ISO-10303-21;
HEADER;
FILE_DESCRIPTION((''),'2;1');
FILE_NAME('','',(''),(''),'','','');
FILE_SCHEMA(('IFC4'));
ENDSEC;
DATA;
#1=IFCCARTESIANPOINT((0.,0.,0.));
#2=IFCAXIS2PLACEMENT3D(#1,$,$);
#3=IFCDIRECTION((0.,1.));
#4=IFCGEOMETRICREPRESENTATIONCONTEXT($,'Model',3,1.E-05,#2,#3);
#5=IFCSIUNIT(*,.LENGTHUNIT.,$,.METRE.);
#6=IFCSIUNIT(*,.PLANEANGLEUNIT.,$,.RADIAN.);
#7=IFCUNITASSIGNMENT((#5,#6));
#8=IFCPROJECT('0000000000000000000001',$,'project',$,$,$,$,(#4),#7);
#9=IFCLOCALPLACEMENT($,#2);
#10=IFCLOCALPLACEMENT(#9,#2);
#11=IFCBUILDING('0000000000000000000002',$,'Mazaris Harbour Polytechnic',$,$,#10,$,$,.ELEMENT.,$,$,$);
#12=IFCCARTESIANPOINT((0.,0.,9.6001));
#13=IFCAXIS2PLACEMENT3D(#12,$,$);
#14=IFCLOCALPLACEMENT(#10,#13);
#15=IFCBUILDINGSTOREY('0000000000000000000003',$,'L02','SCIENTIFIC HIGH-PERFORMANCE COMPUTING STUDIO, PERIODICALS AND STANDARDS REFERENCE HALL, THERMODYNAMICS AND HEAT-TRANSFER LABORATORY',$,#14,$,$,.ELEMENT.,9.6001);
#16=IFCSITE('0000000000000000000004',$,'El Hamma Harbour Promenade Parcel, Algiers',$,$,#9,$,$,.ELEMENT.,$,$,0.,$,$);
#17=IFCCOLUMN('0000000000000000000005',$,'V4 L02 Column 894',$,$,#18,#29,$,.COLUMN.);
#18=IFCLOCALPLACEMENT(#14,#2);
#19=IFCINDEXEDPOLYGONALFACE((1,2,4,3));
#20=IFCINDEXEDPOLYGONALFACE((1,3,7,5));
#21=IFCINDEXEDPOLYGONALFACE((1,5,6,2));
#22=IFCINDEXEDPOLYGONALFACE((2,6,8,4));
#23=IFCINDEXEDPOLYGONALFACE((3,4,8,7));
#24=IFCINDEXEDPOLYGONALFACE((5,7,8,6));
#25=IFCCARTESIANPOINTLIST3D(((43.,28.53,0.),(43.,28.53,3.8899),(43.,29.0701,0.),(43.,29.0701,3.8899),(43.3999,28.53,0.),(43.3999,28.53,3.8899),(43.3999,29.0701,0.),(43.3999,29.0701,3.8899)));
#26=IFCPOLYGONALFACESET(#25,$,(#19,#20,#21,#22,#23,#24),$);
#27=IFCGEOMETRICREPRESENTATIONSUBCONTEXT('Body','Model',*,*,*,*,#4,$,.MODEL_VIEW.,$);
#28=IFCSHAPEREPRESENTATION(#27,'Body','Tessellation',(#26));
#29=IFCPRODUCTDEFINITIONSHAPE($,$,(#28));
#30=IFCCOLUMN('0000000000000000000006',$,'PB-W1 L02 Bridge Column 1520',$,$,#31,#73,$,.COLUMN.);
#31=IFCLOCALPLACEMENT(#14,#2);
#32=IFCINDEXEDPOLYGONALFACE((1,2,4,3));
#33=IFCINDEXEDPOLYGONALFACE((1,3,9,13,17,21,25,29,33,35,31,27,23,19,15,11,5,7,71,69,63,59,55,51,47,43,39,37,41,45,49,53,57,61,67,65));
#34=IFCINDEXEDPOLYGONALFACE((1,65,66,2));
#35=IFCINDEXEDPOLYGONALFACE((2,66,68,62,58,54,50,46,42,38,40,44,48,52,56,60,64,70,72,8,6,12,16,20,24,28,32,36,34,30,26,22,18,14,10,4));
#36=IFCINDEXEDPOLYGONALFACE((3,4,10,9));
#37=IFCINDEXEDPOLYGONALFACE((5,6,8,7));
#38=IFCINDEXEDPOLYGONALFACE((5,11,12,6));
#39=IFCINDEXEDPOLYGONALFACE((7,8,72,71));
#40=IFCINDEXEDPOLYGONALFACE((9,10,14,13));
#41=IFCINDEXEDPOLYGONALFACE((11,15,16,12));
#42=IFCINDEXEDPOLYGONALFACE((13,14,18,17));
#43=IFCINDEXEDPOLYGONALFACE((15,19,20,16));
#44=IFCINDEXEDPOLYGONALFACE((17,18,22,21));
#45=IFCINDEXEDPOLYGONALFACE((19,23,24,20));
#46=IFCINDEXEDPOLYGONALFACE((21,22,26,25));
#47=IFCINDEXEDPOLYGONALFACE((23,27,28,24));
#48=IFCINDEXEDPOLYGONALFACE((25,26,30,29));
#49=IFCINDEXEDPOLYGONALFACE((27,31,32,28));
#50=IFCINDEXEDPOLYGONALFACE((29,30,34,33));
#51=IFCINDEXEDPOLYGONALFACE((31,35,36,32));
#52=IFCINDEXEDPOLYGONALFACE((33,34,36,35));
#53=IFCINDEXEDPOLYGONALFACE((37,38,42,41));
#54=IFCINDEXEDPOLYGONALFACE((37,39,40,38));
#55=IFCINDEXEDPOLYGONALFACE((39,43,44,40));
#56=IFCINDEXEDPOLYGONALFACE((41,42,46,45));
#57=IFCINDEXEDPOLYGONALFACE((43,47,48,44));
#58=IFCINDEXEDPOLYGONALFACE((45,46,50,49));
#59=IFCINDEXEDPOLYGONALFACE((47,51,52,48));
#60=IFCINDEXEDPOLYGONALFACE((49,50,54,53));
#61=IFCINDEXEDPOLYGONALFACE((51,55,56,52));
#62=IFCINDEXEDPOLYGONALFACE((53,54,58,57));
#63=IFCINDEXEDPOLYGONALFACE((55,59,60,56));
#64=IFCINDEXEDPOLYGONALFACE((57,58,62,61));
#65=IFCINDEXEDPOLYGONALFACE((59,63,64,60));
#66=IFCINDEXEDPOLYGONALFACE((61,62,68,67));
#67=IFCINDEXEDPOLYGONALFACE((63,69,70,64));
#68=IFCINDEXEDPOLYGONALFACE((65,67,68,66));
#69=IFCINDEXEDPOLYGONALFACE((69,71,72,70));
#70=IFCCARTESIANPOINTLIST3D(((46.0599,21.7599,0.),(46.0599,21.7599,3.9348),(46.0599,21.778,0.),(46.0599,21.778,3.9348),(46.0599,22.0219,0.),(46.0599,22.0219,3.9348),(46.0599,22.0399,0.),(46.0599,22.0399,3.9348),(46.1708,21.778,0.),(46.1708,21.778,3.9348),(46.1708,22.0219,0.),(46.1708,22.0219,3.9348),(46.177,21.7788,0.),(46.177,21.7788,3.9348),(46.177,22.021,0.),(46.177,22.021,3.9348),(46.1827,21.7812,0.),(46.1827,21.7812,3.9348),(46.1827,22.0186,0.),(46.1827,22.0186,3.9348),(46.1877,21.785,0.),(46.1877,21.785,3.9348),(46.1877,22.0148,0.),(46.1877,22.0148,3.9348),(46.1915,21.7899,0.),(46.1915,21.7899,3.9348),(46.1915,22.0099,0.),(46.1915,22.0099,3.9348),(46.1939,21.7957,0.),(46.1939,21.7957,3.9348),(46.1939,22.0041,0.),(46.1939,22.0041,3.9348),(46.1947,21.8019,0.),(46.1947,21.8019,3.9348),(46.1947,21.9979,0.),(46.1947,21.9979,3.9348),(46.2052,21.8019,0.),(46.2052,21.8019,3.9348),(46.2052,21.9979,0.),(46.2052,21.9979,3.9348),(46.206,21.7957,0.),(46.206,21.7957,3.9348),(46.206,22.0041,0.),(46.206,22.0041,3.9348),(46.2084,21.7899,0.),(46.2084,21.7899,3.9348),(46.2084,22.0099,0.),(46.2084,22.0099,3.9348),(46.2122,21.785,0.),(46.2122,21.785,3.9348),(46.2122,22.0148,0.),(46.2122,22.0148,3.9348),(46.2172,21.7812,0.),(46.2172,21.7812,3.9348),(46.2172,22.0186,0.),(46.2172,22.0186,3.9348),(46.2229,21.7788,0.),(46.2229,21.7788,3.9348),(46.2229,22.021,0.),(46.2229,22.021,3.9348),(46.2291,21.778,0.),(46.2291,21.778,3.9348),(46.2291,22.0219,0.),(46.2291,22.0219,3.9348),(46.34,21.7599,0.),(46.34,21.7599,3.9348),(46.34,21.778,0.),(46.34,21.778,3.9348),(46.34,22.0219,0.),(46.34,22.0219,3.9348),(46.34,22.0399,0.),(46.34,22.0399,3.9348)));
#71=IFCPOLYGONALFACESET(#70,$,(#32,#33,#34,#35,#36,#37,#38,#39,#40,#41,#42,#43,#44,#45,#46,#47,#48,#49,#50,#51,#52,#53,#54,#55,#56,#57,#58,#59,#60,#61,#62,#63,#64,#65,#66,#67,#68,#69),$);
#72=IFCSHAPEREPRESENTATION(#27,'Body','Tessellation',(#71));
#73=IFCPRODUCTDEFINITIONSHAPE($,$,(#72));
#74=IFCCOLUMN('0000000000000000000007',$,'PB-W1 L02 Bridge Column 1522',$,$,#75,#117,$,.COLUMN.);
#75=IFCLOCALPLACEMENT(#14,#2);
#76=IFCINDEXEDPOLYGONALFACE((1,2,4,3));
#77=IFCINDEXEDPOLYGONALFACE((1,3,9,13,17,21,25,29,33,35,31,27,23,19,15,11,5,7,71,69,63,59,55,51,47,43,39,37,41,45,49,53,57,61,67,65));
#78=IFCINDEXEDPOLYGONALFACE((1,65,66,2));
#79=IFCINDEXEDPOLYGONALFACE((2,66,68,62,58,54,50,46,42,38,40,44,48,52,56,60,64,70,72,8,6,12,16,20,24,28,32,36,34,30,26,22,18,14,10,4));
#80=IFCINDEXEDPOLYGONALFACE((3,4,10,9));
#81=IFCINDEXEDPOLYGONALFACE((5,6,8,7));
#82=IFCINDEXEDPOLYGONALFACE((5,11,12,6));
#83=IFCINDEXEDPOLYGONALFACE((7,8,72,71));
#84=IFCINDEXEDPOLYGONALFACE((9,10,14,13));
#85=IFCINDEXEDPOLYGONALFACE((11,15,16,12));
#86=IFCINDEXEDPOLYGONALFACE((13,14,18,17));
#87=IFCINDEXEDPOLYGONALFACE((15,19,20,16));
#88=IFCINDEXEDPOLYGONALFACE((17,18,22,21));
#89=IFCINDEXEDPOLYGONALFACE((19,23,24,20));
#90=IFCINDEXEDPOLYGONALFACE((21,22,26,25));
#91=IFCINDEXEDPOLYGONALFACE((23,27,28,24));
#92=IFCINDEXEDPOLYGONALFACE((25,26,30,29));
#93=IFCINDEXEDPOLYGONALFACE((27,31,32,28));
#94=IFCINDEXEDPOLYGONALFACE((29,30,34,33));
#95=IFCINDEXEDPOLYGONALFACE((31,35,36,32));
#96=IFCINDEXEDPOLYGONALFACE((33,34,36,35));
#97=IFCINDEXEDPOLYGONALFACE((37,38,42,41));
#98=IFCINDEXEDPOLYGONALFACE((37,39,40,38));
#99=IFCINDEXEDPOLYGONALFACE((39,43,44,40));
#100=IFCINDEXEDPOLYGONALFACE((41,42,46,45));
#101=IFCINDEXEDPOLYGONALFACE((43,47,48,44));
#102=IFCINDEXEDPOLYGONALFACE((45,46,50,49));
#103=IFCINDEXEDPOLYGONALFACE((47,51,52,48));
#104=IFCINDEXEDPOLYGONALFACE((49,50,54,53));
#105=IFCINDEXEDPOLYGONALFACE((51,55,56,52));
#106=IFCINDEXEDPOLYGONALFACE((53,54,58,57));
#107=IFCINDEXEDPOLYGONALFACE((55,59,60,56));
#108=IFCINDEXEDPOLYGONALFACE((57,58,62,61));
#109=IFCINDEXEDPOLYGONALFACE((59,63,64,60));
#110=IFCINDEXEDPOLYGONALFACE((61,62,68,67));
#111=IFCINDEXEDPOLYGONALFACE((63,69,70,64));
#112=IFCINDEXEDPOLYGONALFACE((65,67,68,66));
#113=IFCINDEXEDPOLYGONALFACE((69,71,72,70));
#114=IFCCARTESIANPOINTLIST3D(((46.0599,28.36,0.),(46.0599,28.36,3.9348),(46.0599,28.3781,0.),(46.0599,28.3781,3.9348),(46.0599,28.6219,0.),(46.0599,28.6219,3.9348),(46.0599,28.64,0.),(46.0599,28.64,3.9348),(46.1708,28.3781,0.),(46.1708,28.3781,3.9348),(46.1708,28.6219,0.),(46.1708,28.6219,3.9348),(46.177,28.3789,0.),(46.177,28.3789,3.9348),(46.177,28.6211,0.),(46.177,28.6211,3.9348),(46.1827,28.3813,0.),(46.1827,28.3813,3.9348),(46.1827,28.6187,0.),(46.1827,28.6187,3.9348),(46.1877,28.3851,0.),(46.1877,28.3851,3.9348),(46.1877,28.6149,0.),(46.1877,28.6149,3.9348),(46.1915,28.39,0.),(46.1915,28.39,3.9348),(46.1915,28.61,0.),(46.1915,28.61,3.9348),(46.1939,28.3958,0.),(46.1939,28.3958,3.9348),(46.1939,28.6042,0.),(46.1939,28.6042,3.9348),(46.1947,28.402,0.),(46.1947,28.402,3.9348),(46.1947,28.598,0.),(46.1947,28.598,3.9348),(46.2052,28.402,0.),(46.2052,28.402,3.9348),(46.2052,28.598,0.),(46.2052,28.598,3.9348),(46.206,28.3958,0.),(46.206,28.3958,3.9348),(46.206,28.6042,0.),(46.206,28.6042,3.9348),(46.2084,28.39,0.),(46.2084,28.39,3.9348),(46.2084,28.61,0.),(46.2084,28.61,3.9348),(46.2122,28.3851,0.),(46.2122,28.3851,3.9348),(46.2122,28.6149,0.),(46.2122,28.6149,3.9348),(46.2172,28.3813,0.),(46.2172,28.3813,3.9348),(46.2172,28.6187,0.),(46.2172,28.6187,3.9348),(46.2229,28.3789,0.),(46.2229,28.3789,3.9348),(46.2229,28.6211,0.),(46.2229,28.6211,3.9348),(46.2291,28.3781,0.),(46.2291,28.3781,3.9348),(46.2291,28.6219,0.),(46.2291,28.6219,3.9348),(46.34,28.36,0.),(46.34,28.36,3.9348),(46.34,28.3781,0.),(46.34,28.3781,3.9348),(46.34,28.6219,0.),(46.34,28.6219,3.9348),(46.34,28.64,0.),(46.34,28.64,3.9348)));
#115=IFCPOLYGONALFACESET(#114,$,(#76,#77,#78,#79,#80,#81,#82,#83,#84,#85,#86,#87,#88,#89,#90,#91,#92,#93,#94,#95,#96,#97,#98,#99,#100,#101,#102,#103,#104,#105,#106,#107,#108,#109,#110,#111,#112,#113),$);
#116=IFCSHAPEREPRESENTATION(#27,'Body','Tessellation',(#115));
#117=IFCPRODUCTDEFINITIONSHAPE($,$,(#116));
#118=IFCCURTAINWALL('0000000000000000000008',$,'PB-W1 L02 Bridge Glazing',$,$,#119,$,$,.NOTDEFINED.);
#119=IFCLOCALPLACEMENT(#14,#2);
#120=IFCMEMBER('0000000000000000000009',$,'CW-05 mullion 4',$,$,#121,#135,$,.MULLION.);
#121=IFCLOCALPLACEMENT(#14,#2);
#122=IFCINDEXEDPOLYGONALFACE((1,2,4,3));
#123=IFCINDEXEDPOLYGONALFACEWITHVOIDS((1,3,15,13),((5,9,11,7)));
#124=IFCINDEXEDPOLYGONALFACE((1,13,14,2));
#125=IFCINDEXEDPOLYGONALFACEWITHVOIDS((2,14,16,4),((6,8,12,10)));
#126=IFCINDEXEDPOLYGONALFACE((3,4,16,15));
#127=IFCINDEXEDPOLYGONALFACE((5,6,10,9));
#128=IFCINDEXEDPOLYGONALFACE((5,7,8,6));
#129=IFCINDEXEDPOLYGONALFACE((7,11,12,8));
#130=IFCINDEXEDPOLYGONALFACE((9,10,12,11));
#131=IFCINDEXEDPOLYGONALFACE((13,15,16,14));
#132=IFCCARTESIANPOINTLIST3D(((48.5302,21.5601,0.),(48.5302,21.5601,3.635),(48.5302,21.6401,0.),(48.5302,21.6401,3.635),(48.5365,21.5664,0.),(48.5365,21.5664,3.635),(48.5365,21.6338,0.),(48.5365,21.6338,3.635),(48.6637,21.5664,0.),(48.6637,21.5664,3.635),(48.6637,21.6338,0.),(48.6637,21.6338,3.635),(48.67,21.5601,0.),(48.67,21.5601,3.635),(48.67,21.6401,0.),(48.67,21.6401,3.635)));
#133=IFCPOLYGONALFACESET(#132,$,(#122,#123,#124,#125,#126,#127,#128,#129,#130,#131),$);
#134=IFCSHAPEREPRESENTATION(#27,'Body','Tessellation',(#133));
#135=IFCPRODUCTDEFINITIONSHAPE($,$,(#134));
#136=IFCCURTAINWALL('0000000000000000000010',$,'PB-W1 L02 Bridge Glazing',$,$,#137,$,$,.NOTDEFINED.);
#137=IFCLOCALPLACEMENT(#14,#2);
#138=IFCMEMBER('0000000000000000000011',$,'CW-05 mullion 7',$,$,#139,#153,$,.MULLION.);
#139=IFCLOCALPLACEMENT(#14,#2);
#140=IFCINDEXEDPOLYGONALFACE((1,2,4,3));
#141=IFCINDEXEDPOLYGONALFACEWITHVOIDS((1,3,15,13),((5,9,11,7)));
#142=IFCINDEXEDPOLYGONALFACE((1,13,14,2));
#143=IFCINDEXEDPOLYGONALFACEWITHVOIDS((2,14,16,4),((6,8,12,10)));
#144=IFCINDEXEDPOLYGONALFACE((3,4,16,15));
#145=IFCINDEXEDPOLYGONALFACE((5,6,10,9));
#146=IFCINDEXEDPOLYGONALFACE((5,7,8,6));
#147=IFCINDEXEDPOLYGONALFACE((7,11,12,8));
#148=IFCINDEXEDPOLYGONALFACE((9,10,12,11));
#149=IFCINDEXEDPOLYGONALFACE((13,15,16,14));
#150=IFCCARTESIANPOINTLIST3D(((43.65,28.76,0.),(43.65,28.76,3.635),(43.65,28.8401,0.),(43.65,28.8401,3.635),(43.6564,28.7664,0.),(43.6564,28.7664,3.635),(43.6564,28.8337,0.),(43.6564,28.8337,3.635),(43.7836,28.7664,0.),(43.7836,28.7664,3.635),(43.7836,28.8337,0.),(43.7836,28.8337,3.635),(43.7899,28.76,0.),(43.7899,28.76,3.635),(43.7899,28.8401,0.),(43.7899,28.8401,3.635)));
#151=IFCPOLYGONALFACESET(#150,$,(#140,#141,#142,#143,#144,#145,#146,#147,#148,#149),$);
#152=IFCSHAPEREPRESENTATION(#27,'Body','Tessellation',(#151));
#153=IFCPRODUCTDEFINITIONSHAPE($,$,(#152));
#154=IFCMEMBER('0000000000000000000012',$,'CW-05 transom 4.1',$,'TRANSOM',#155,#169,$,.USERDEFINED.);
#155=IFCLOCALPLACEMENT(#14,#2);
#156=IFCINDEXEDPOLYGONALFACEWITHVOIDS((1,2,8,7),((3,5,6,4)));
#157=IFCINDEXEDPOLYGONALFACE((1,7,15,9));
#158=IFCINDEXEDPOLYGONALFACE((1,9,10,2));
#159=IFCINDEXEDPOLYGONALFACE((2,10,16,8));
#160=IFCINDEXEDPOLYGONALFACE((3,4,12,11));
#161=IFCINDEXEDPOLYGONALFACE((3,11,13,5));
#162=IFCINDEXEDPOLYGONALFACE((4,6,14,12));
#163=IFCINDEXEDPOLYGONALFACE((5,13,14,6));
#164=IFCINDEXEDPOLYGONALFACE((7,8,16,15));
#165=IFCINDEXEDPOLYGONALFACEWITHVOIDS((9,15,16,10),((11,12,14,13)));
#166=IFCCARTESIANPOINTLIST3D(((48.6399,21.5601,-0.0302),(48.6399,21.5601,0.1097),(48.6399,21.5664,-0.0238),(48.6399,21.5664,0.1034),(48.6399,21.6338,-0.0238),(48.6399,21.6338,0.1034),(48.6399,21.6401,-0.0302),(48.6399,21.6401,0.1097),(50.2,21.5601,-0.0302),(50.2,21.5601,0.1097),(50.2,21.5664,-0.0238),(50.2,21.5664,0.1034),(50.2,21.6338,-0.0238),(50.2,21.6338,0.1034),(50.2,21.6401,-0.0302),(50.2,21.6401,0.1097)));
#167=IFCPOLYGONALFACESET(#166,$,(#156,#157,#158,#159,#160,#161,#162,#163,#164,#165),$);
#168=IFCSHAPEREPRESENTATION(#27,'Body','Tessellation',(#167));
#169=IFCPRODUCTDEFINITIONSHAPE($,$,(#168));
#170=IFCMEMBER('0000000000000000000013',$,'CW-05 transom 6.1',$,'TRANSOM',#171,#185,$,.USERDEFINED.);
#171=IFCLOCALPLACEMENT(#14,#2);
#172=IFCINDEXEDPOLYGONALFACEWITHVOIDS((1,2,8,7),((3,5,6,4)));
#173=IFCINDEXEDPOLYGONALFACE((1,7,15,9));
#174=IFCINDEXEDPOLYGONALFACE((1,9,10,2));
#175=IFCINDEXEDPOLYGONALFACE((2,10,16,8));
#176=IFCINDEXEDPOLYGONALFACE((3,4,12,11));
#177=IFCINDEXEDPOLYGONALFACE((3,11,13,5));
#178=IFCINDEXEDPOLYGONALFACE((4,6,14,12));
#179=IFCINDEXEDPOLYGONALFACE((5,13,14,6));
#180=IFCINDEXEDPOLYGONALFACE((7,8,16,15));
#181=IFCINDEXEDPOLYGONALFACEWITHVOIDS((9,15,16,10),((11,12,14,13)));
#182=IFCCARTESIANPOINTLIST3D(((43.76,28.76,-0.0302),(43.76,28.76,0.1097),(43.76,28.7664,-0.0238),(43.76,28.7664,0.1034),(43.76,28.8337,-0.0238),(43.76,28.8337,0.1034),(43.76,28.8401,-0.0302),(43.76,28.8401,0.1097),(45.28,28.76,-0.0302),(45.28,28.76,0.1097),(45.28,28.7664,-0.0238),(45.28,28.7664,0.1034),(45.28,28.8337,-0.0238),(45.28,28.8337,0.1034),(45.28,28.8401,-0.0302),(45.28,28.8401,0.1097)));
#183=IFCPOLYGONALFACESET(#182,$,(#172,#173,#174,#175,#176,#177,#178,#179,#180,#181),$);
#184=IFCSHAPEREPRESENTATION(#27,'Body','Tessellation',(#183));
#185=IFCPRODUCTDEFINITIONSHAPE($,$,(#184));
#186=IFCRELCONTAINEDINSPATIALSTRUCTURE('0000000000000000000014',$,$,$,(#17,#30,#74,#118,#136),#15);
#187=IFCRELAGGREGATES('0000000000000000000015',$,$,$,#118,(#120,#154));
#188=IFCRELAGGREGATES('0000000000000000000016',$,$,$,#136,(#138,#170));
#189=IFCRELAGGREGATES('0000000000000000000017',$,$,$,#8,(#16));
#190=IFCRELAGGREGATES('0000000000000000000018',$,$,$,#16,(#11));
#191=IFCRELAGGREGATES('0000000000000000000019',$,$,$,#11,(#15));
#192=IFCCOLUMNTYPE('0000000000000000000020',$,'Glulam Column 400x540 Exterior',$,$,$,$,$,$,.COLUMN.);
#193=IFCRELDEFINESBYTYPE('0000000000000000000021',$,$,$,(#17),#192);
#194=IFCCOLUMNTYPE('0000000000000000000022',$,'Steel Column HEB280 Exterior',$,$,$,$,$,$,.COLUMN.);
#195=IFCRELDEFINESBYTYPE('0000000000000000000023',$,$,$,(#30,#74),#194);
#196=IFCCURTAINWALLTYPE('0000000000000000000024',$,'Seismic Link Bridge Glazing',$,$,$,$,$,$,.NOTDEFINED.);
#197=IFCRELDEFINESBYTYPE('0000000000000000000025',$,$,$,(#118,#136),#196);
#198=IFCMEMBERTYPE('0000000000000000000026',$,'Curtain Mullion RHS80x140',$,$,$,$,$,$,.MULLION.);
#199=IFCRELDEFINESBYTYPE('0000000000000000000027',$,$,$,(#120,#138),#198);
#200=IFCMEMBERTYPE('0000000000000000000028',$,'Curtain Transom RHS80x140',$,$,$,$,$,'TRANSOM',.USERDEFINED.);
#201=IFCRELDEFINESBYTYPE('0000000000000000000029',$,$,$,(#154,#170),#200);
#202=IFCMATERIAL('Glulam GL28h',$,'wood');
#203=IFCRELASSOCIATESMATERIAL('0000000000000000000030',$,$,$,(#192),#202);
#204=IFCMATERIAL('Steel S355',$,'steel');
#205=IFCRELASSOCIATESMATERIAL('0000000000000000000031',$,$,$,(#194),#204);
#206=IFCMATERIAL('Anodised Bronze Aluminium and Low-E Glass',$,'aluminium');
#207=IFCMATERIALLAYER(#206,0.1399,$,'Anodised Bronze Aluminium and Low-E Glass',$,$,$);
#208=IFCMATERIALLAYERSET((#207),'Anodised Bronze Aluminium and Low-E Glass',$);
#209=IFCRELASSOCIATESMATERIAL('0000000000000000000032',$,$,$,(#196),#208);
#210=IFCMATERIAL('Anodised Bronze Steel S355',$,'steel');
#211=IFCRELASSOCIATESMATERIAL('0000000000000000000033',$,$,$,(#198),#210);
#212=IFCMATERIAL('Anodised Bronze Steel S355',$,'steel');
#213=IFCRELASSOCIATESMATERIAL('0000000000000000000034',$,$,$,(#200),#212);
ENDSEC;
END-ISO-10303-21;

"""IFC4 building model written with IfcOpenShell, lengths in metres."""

from ifc_helpers import new_model, si_unit, direction, frame, origin, origin_2d, place, context, subcontext, project, spatial, rectangle, hollow_rectangle, i_section, extrude, material, layer, layer_set, material_profile, profile_set, type_object, element, aggregate, save


model = new_model("IFC4")

# Units and contexts
model_context = context("Model", 3, precision=1e-05, world=origin(), true_north=direction((0.0, 1.0)))
body_context = subcontext(model_context, "Body", "Model", "MODEL_VIEW")
ifc_project = project(units=[si_unit("LENGTHUNIT", "METRE"), si_unit("PLANEANGLEUNIT", "RADIAN")], contexts=[model_context])

# Site, building, storey
site_placement = place(None, origin())
site = spatial("IfcSite", under=ifc_project, at=site_placement, Name="El Hamma Harbour Promenade Parcel, Algiers", CompositionType="ELEMENT", RefElevation=0.0)
building_placement = place(site_placement, origin())
building = spatial("IfcBuilding", under=site, at=building_placement, Name="Mazaris Harbour Polytechnic", CompositionType="ELEMENT")
storey_placement = place(building_placement, frame((0.0, 0.0, 9.6001)))
storey = spatial("IfcBuildingStorey", under=building, at=storey_placement, Name="L02", Description="SCIENTIFIC HIGH-PERFORMANCE COMPUTING STUDIO, PERIODICALS AND STANDARDS REFERENCE HALL, THERMODYNAMICS AND HEAT-TRANSFER LABORATORY", CompositionType="ELEMENT", Elevation=9.6001)

# Columns
ifc_material_1 = material(Name="Glulam GL28h", Category="wood")
ifc_material_profile_1 = material_profile(ifc_material_1, rectangle(XDim=0.3999, YDim=0.54, at=origin_2d()), Name="RECT400x540")
ifc_profile_set_1 = profile_set([ifc_material_profile_1], Name="Glulam GL28h")
column_type_1 = type_object("IfcColumnType", Name="Glulam Column 400x540 Exterior", PredefinedType="COLUMN", material=ifc_profile_set_1)
column_placement = place(storey_placement, frame((43.2, 28.8, 0.0), z_axis=(0.0, 0.0, 1.0), x_axis=(1.0, 0.0, 0.0)))
element("IfcColumn", 1, at=column_placement, inside=storey, type_object=column_type_1, Name="V4 L02 Column 894", PredefinedType="COLUMN", context=body_context, shape_type="SweptSolid", body=[
    extrude(rectangle(XDim=0.3999, YDim=0.54, at=origin_2d()), origin(), (0.0, 0.0, 1.0), 3.8899),
])
ifc_material_2 = material(Name="Steel S355", Category="steel")
ifc_material_profile_2 = material_profile(ifc_material_2, i_section(OverallWidth=0.28, OverallDepth=0.28, WebThickness=0.0105, FlangeThickness=0.0181, FilletRadius=0.0239, at=origin_2d()), Name="HEB 280")
ifc_profile_set_2 = profile_set([ifc_material_profile_2], Name="Steel S355")
column_type_2 = type_object("IfcColumnType", Name="Steel Column HEB280 Exterior", PredefinedType="COLUMN", material=ifc_profile_set_2)
for number, where, z_axis, x_axis, name in (
    (2, (46.2, 21.8999, 0.0), (0.0, 0.0, 1.0), (1.0, 0.0, 0.0), "PB-W1 L02 Bridge Column 1520"),
    (3, (46.2, 28.5, 0.0), (0.0, 0.0, 1.0), (1.0, 0.0, 0.0), "PB-W1 L02 Bridge Column 1522"),
):
    element("IfcColumn", number, at=place(storey_placement, frame(where, z_axis=z_axis, x_axis=x_axis)), inside=storey, type_object=column_type_2, Name=name, PredefinedType="COLUMN", context=body_context, shape_type="SweptSolid", body=[
        extrude(i_section(OverallWidth=0.28, OverallDepth=0.28, WebThickness=0.0105, FlangeThickness=0.0181, FilletRadius=0.0239, at=origin_2d()), origin(), (0.0, 0.0, 1.0), 3.9348),
    ])

# Curtain walls, members
ifc_material_3 = material(Name="Anodised Bronze Aluminium and Low-E Glass", Category="aluminium")
ifc_layer_1 = layer(ifc_material_3, 0.1399, Name="Anodised Bronze Aluminium and Low-E Glass")
ifc_layer_set_1 = layer_set([ifc_layer_1], Name="Anodised Bronze Aluminium and Low-E Glass")
curtain_wall_type = type_object("IfcCurtainWallType", Name="Seismic Link Bridge Glazing", PredefinedType="NOTDEFINED", material=ifc_layer_set_1)
curtain_wall_1_placement = place(storey_placement, origin())
curtain_wall_1 = element("IfcCurtainWall", 4, at=curtain_wall_1_placement, inside=storey, type_object=curtain_wall_type, Name="PB-W1 L02 Bridge Glazing", PredefinedType="NOTDEFINED")
ifc_material_4 = material(Name="Anodised Bronze Steel S355", Category="steel")
ifc_material_profile_3 = material_profile(ifc_material_4, hollow_rectangle(XDim=0.0801, YDim=0.1399, WallThickness=0.0063, at=origin_2d()), Name="RHS 80x140x6.3")
ifc_profile_set_3 = profile_set([ifc_material_profile_3], Name="Anodised Bronze Steel S355")
member_type_1 = type_object("IfcMemberType", Name="Curtain Mullion RHS80x140", PredefinedType="MULLION", material=ifc_profile_set_3)
member_1_placement = place(storey_placement, frame((48.6001, 21.6001, 0.0), z_axis=(0.0, 0.0, 1.0), x_axis=(0.0, 1.0, 0.0)))
member_1 = element("IfcMember", 5, at=member_1_placement, type_object=member_type_1, Name="CW-05 mullion 4", PredefinedType="MULLION", context=body_context, shape_type="SweptSolid", body=[
    extrude(hollow_rectangle(XDim=0.0801, YDim=0.1399, WallThickness=0.0063, at=origin_2d()), origin(), (0.0, 0.0, 1.0), 3.635),
])
curtain_wall_2_placement = place(storey_placement, origin())
curtain_wall_2 = element("IfcCurtainWall", 6, at=curtain_wall_2_placement, inside=storey, type_object=curtain_wall_type, Name="PB-W1 L02 Bridge Glazing", PredefinedType="NOTDEFINED")
member_2_placement = place(storey_placement, frame((43.72, 28.8, 0.0), z_axis=(0.0, 0.0, 1.0), x_axis=(0.0, -1.0, 0.0)))
member_2 = element("IfcMember", 7, at=member_2_placement, type_object=member_type_1, Name="CW-05 mullion 7", PredefinedType="MULLION", context=body_context, shape_type="SweptSolid", body=[
    extrude(hollow_rectangle(XDim=0.0801, YDim=0.1399, WallThickness=0.0063, at=origin_2d()), origin(), (0.0, 0.0, 1.0), 3.635),
])

# Members
ifc_material_5 = material(Name="Anodised Bronze Steel S355", Category="steel")
ifc_material_profile_4 = material_profile(ifc_material_5, hollow_rectangle(XDim=0.0801, YDim=0.1399, WallThickness=0.0063, at=origin_2d()), Name="RHS 80x140x6.3")
ifc_profile_set_4 = profile_set([ifc_material_profile_4], Name="Anodised Bronze Steel S355")
member_type_2 = type_object("IfcMemberType", Name="Curtain Transom RHS80x140", ElementType="TRANSOM", PredefinedType="USERDEFINED", material=ifc_profile_set_4)
member_3_placement = place(storey_placement, frame((48.6399, 21.6001, 0.0398), z_axis=(1.0, 0.0, 0.0), x_axis=(0.0, 1.0, 0.0)))
member_3 = element("IfcMember", 8, at=member_3_placement, type_object=member_type_2, Name="CW-05 transom 4.1", ObjectType="TRANSOM", PredefinedType="USERDEFINED", context=body_context, shape_type="SweptSolid", body=[
    extrude(hollow_rectangle(XDim=0.0801, YDim=0.1399, WallThickness=0.0063, at=origin_2d()), origin(), (0.0, 0.0, 1.0), 1.5601),
])
member_4_placement = place(storey_placement, frame((45.28, 28.8, 0.0398), z_axis=(-1.0, 0.0, 0.0), x_axis=(0.0, -1.0, 0.0)))
member_4 = element("IfcMember", 9, at=member_4_placement, type_object=member_type_2, Name="CW-05 transom 6.1", ObjectType="TRANSOM", PredefinedType="USERDEFINED", context=body_context, shape_type="SweptSolid", body=[
    extrude(hollow_rectangle(XDim=0.0801, YDim=0.1399, WallThickness=0.0063, at=origin_2d()), origin(), (0.0, 0.0, 1.0), 1.52),
])

aggregate(curtain_wall_1, [member_1, member_3])
aggregate(curtain_wall_2, [member_2, member_4])

save(model, "model.ifc")
